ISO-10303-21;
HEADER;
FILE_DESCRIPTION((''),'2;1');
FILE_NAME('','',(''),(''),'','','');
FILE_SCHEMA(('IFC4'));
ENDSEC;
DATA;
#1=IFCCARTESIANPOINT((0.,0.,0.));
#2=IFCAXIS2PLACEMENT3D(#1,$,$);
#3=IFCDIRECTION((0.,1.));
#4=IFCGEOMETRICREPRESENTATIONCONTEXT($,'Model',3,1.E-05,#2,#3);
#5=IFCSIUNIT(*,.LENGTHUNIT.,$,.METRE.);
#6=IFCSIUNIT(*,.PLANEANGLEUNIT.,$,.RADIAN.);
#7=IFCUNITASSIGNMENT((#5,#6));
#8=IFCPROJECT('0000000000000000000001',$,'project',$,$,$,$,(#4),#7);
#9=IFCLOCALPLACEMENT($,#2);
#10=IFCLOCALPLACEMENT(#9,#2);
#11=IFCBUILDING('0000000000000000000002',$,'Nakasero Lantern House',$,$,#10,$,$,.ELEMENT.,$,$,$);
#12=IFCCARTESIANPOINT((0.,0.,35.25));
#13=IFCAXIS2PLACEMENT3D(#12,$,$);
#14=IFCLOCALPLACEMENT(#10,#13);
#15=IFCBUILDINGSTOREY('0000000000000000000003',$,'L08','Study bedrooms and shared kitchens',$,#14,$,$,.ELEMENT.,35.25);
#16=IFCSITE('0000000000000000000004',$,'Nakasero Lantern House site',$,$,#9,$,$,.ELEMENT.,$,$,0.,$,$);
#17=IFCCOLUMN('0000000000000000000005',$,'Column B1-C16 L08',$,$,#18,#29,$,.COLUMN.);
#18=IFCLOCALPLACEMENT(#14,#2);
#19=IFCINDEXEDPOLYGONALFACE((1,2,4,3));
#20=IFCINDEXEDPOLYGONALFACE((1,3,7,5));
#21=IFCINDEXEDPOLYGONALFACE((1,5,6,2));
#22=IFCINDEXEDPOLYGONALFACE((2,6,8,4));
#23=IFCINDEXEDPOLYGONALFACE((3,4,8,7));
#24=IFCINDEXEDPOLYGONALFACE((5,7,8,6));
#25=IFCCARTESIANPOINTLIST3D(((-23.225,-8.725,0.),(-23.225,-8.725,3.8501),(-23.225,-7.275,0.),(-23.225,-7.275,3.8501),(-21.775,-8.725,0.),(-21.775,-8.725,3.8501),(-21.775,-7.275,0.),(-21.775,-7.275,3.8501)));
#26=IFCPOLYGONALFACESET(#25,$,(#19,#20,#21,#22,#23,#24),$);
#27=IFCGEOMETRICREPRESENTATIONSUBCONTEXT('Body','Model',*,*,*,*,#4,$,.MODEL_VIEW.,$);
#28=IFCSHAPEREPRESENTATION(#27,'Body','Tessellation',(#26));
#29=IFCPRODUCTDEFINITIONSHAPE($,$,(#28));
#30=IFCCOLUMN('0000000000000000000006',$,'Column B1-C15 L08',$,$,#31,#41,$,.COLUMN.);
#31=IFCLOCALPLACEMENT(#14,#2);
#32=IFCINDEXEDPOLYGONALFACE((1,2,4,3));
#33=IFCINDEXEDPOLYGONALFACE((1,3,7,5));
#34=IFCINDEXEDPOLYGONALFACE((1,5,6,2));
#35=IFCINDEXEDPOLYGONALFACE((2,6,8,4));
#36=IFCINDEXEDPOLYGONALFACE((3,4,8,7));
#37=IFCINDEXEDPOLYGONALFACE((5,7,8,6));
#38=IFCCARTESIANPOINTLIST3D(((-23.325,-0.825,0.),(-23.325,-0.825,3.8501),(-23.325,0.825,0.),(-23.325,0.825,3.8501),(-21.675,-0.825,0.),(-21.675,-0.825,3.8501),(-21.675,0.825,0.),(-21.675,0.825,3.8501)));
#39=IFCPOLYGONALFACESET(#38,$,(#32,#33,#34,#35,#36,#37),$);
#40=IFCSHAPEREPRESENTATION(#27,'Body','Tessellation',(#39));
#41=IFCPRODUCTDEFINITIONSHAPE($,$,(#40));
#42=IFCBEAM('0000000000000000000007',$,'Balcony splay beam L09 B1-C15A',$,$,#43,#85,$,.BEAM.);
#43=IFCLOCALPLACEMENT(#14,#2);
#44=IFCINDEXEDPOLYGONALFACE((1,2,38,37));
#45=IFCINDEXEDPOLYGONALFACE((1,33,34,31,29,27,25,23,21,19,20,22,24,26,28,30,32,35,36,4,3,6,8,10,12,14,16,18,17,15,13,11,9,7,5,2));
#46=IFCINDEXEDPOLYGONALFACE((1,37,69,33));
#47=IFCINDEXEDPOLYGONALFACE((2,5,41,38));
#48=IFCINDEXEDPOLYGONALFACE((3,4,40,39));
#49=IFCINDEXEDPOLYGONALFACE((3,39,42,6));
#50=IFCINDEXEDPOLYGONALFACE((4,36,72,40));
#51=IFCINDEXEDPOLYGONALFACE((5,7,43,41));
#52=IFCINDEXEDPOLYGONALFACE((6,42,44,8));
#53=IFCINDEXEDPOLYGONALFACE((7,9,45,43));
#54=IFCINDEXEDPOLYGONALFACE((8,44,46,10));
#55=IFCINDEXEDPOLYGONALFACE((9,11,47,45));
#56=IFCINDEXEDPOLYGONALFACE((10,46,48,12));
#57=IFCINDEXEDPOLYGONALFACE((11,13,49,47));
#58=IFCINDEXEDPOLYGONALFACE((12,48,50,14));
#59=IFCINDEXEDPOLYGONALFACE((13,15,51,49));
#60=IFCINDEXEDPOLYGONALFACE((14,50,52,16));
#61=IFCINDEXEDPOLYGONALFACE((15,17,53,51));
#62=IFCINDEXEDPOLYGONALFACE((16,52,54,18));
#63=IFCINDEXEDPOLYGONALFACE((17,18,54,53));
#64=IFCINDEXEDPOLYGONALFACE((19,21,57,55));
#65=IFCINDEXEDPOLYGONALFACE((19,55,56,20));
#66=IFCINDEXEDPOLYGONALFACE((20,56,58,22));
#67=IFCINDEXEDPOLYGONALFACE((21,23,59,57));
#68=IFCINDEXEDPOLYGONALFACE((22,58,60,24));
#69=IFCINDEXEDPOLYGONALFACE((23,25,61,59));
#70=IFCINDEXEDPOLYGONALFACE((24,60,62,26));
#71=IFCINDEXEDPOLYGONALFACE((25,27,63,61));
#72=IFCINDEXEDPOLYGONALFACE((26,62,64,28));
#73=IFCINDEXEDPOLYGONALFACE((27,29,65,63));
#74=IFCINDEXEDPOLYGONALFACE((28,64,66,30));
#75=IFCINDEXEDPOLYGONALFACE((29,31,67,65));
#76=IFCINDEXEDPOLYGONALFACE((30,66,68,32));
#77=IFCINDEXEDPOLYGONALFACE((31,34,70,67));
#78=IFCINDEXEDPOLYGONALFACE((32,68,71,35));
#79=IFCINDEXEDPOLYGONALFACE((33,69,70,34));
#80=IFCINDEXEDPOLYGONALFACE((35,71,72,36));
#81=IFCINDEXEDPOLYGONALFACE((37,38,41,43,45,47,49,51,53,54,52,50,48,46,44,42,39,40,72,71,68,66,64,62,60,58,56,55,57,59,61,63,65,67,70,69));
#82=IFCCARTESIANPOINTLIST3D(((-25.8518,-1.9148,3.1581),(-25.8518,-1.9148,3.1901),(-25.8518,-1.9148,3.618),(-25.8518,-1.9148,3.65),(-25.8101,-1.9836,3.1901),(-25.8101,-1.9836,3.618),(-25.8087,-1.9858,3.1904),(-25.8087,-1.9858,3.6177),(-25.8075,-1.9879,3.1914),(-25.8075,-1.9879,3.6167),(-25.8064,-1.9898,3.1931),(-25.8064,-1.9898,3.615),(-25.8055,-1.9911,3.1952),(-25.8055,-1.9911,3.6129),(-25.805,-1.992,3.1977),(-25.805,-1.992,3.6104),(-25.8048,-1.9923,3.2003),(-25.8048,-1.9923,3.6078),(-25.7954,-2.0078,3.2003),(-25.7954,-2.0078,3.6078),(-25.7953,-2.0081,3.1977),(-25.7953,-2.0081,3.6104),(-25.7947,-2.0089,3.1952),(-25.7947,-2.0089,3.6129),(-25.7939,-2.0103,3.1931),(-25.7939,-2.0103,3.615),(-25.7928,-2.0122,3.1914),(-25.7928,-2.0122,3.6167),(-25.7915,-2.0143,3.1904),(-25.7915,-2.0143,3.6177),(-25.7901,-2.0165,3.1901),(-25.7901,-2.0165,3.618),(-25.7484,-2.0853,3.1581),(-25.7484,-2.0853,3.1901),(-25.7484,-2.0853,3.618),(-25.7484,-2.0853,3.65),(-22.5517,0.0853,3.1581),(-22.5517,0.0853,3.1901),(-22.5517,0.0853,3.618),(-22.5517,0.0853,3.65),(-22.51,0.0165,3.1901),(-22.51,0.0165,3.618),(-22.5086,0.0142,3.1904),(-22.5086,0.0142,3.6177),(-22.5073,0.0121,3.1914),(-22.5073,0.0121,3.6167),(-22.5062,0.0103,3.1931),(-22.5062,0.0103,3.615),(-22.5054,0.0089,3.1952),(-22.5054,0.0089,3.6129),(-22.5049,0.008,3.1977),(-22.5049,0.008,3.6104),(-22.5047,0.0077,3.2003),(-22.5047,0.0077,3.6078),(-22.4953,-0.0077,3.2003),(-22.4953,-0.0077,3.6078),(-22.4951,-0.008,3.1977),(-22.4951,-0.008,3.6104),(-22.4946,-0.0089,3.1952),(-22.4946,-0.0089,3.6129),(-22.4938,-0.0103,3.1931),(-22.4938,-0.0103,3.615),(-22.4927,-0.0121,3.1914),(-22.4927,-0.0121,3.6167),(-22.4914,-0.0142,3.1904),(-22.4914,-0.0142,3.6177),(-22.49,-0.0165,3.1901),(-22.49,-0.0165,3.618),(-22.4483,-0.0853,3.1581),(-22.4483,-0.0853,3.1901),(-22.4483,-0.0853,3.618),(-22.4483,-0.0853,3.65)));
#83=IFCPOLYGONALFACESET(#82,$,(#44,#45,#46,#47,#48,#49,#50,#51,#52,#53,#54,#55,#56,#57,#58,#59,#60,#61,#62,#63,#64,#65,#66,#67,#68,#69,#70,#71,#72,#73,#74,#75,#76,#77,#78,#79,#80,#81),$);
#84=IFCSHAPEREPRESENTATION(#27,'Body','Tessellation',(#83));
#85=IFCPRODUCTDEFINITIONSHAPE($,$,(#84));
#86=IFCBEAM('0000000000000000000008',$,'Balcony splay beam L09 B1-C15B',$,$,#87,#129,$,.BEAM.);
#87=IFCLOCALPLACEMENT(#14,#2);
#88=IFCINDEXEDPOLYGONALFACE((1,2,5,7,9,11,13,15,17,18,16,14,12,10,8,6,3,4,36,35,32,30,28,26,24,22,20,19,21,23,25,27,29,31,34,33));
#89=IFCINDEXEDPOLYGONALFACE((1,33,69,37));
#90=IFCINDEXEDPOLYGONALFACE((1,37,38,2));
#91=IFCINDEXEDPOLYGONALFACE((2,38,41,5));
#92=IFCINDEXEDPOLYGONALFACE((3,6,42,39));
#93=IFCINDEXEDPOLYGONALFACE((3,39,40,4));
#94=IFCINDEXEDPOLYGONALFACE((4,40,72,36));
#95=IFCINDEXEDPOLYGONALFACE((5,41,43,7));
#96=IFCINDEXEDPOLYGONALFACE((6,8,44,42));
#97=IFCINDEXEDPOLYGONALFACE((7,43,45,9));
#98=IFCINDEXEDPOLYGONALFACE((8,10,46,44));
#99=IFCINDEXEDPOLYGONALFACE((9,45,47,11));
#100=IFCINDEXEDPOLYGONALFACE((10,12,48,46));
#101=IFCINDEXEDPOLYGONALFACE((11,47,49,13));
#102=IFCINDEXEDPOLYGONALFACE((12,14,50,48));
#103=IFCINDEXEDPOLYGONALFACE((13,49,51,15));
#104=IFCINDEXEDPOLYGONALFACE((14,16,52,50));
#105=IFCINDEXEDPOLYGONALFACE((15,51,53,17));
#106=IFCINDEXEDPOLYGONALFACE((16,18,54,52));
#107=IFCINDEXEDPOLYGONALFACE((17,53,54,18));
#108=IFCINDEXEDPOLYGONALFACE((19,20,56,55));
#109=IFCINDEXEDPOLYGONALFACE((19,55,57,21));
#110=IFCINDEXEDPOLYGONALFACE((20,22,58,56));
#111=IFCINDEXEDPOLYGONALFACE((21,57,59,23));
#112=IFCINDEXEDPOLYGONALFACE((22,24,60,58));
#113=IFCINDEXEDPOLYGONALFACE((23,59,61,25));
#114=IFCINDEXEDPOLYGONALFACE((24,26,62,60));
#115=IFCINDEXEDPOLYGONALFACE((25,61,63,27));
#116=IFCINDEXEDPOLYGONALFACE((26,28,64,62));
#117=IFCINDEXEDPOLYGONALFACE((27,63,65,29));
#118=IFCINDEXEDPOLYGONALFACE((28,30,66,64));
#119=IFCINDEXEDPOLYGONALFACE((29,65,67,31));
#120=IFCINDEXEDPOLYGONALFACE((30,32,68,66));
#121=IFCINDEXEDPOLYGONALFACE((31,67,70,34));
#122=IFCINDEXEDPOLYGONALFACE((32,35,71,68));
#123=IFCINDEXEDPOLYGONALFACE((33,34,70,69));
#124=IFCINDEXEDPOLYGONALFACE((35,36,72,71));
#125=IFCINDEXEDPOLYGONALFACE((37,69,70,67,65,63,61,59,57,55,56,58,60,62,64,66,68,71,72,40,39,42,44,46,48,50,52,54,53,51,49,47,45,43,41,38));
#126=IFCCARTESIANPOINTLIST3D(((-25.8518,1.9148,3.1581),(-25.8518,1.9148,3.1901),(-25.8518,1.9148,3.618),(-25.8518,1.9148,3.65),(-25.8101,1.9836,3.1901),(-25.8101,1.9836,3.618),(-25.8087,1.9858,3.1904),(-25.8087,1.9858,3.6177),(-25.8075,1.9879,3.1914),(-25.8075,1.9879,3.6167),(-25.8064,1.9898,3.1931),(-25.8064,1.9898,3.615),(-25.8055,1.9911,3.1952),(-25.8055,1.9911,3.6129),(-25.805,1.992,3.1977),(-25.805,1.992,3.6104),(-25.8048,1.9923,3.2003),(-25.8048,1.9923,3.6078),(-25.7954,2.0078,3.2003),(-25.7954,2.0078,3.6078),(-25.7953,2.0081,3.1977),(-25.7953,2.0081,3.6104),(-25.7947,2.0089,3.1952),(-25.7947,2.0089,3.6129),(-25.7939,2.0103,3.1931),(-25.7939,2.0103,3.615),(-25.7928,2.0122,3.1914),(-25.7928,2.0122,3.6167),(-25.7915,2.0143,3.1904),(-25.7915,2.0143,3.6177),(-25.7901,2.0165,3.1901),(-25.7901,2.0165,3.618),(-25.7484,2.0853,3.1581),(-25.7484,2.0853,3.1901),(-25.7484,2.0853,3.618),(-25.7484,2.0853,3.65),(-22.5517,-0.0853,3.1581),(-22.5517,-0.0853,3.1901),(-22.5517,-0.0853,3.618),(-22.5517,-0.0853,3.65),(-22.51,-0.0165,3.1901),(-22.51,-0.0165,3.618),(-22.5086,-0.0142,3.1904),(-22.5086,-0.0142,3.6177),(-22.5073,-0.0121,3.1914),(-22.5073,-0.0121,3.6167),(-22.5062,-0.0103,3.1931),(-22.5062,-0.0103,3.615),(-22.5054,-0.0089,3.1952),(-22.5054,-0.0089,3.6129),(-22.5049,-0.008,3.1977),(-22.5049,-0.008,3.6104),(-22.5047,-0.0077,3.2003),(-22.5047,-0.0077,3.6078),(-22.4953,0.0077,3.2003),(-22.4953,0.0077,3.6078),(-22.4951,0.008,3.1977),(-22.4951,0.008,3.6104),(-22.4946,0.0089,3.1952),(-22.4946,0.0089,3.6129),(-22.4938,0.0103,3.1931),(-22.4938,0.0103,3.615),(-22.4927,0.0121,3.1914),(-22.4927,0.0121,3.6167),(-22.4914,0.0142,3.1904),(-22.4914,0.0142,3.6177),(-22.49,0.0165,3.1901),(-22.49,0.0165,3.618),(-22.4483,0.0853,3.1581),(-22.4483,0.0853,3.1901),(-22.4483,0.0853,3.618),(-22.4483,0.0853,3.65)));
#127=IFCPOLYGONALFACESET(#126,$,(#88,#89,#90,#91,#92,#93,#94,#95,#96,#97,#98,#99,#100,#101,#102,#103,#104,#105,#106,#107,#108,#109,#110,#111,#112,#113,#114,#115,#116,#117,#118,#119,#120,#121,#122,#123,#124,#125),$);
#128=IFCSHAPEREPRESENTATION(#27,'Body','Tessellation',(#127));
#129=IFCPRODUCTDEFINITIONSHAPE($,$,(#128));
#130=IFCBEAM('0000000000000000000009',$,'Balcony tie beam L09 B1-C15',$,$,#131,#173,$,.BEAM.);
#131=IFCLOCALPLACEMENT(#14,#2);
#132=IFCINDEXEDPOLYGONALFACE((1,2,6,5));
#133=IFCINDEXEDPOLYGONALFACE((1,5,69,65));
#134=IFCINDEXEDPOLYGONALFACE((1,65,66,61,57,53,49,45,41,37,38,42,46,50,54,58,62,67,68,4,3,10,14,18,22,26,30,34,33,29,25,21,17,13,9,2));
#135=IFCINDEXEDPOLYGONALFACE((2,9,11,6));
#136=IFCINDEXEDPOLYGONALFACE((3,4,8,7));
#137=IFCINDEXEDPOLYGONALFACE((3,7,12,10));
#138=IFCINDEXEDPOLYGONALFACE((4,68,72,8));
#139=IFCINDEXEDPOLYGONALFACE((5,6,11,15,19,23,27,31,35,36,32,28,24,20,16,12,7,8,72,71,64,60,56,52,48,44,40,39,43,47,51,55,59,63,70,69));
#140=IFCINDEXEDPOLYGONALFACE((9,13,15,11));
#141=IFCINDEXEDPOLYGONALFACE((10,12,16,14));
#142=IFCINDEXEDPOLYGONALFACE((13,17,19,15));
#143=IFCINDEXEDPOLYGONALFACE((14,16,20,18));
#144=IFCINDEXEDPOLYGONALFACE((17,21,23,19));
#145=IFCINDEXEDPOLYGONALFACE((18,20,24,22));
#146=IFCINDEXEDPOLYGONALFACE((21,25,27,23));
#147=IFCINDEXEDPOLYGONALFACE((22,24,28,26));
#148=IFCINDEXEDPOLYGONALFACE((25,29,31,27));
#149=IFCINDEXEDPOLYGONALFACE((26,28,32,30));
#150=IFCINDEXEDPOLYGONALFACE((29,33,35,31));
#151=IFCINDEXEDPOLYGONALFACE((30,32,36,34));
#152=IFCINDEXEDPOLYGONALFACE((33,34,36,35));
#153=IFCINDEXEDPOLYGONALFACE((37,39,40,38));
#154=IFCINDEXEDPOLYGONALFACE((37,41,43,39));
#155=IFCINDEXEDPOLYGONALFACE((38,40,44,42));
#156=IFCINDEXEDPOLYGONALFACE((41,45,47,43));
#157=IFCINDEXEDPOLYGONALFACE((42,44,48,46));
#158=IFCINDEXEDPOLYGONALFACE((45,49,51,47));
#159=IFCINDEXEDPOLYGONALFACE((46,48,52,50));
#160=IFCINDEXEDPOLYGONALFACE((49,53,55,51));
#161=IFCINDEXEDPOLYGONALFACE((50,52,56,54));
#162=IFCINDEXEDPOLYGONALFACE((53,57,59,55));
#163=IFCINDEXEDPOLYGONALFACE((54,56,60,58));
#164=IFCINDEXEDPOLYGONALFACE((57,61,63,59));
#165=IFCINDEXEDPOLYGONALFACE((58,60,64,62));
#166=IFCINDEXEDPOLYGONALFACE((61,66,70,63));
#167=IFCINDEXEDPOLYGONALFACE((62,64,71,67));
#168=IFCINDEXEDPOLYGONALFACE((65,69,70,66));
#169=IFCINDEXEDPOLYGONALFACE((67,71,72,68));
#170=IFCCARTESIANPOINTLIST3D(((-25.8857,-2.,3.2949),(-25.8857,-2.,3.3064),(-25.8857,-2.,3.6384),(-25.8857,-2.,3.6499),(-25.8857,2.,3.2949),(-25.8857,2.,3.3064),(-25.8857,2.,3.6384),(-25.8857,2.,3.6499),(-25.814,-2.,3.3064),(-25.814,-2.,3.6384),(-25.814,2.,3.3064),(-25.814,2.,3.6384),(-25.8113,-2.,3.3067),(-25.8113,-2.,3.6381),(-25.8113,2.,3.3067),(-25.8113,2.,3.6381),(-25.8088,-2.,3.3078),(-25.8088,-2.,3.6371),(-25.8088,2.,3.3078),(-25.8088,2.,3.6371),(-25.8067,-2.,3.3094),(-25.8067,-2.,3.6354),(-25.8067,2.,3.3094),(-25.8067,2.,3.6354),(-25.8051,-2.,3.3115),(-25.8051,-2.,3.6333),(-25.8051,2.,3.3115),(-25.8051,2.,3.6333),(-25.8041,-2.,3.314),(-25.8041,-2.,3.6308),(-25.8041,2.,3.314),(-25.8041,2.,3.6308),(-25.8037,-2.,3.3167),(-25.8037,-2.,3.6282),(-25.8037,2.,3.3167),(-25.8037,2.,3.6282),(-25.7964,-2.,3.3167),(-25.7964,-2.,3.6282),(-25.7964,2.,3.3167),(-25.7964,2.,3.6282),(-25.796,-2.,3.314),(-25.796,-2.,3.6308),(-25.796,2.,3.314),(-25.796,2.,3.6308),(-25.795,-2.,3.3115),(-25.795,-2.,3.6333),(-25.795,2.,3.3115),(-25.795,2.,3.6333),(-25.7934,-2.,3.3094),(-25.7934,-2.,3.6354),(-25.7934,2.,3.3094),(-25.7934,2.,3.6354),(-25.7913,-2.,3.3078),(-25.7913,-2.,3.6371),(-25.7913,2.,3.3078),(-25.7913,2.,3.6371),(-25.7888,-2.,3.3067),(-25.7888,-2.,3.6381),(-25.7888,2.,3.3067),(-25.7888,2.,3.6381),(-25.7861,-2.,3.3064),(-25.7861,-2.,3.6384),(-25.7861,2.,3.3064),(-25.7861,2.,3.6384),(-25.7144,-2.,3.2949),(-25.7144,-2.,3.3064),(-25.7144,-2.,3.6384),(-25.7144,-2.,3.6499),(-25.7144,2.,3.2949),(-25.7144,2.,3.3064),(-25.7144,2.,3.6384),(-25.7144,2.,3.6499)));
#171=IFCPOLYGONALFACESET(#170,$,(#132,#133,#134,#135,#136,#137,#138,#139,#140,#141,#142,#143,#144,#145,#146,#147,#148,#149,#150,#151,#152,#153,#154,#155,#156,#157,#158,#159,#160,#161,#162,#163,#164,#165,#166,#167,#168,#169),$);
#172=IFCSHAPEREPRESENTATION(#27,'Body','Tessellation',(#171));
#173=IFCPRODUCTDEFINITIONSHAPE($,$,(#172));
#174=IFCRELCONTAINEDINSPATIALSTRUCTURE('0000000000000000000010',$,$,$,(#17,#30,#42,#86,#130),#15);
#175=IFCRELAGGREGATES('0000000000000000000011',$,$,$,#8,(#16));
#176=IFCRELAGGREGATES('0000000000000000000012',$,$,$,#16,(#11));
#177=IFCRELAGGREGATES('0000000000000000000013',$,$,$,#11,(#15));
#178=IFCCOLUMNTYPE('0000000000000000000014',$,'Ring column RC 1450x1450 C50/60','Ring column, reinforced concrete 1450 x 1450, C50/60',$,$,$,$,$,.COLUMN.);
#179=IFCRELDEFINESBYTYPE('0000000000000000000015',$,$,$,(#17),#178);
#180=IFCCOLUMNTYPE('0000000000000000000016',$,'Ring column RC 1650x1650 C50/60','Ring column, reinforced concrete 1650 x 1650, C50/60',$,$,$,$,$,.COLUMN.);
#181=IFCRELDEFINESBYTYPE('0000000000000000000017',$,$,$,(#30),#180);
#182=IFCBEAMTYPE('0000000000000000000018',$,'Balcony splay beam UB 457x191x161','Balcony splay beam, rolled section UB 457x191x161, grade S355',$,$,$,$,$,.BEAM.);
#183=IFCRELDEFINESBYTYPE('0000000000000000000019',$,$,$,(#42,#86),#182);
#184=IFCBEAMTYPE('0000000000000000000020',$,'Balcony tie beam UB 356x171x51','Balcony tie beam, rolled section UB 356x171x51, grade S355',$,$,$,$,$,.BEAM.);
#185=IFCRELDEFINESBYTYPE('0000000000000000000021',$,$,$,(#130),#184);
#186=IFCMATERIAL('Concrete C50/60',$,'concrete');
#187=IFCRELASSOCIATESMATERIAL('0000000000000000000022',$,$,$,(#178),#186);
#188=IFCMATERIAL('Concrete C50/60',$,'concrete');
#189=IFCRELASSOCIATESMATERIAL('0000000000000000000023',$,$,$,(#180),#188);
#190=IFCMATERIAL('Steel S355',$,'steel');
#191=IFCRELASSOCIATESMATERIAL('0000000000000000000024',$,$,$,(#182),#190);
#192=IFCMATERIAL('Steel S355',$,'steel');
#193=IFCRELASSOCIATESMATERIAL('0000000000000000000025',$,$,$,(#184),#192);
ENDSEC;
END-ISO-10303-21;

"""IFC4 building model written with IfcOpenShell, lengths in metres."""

from ifc_helpers import new_model, si_unit, direction, frame, origin, origin_2d, place, context, subcontext, project, spatial, rectangle, i_section, extrude, material, material_profile, profile_set, type_object, element, save


model = new_model("IFC4")

# Units and contexts
model_context = context("Model", 3, precision=1e-05, world=origin(), true_north=direction((0.0, 1.0)))
body_context = subcontext(model_context, "Body", "Model", "MODEL_VIEW")
ifc_project = project(units=[si_unit("LENGTHUNIT", "METRE"), si_unit("PLANEANGLEUNIT", "RADIAN")], contexts=[model_context])

# Site, building, storey
site_placement = place(None, origin())
site = spatial("IfcSite", under=ifc_project, at=site_placement, Name="Nakasero Lantern House site", CompositionType="ELEMENT", RefElevation=0.0)
building_placement = place(site_placement, origin())
building = spatial("IfcBuilding", under=site, at=building_placement, Name="Nakasero Lantern House", CompositionType="ELEMENT")
storey_placement = place(building_placement, frame((0.0, 0.0, 35.25)))
storey = spatial("IfcBuildingStorey", under=building, at=storey_placement, Name="L08", Description="Study bedrooms and shared kitchens", CompositionType="ELEMENT", Elevation=35.25)

# Columns
ifc_material_1 = material(Name="Concrete C50/60", Category="concrete")
ifc_material_profile_1 = material_profile(ifc_material_1, rectangle(XDim=1.45, YDim=1.45, at=origin_2d()), Name="RC 1450x1450")
ifc_profile_set_1 = profile_set([ifc_material_profile_1], Name="Concrete C50/60")
column_type_1 = type_object("IfcColumnType", Name="Ring column RC 1450x1450 C50/60", Description="Ring column, reinforced concrete 1450 x 1450, C50/60", PredefinedType="COLUMN", material=ifc_profile_set_1)
column_1_placement = place(storey_placement, frame((-22.5, -8.0, 0.0), z_axis=(0.0, 0.0, 1.0), x_axis=(1.0, 0.0, 0.0)))
element("IfcColumn", 1, at=column_1_placement, inside=storey, type_object=column_type_1, Name="Column B1-C16 L08", PredefinedType="COLUMN", context=body_context, shape_type="SweptSolid", body=[
    extrude(rectangle(XDim=1.45, YDim=1.45, at=origin_2d()), origin(), (0.0, 0.0, 1.0), 3.8501),
])
ifc_material_2 = material(Name="Concrete C50/60", Category="concrete")
ifc_material_profile_2 = material_profile(ifc_material_2, rectangle(XDim=1.6499, YDim=1.6499, at=origin_2d()), Name="RC 1650x1650")
ifc_profile_set_2 = profile_set([ifc_material_profile_2], Name="Concrete C50/60")
column_type_2 = type_object("IfcColumnType", Name="Ring column RC 1650x1650 C50/60", Description="Ring column, reinforced concrete 1650 x 1650, C50/60", PredefinedType="COLUMN", material=ifc_profile_set_2)
column_2_placement = place(storey_placement, frame((-22.5, 0.0, 0.0), z_axis=(0.0, 0.0, 1.0), x_axis=(1.0, 0.0, 0.0)))
element("IfcColumn", 2, at=column_2_placement, inside=storey, type_object=column_type_2, Name="Column B1-C15 L08", PredefinedType="COLUMN", context=body_context, shape_type="SweptSolid", body=[
    extrude(rectangle(XDim=1.6499, YDim=1.6499, at=origin_2d()), origin(), (0.0, 0.0, 1.0), 3.8501),
])

# Beams
ifc_material_3 = material(Name="Steel S355", Category="steel")
ifc_material_profile_3 = material_profile(ifc_material_3, i_section(OverallWidth=0.1995, OverallDepth=0.4919, WebThickness=0.0181, FlangeThickness=0.032, FilletRadius=0.0103, at=origin_2d()), Name="UB 457x191x161")
ifc_profile_set_3 = profile_set([ifc_material_profile_3], Name="Steel S355")
beam_type_1 = type_object("IfcBeamType", Name="Balcony splay beam UB 457x191x161", Description="Balcony splay beam, rolled section UB 457x191x161, grade S355", PredefinedType="BEAM", material=ifc_profile_set_3)
for number, where, z_axis, x_axis, name in (
    (3, (-22.5, 0.0, 3.4041), (-0.855201, -0.518296, 0.0), (0.518296, -0.855201, 0.0), "Balcony splay beam L09 B1-C15A"),
    (4, (-22.5, 0.0, 3.4041), (-0.855201, 0.518296, 0.0), (-0.518296, -0.855201, 0.0), "Balcony splay beam L09 B1-C15B"),
):
    element("IfcBeam", number, at=place(storey_placement, frame(where, z_axis=z_axis, x_axis=x_axis)), inside=storey, type_object=beam_type_1, Name=name, PredefinedType="BEAM", context=body_context, shape_type="SweptSolid", body=[
        extrude(i_section(OverallWidth=0.1995, OverallDepth=0.4919, WebThickness=0.0181, FlangeThickness=0.032, FilletRadius=0.0103, at=origin_2d()), origin(), (0.0, 0.0, 1.0), 3.8589),
    ])
ifc_material_4 = material(Name="Steel S355", Category="steel")
ifc_material_profile_4 = material_profile(ifc_material_4, i_section(OverallWidth=0.1714, OverallDepth=0.355, WebThickness=0.0073, FlangeThickness=0.0115, FilletRadius=0.0103, at=origin_2d()), Name="UB 356x171x51")
ifc_profile_set_4 = profile_set([ifc_material_profile_4], Name="Steel S355")
beam_type_2 = type_object("IfcBeamType", Name="Balcony tie beam UB 356x171x51", Description="Balcony tie beam, rolled section UB 356x171x51, grade S355", PredefinedType="BEAM", material=ifc_profile_set_4)
beam_1_placement = place(storey_placement, frame((-25.8, -2.0, 3.4724), z_axis=(0.0, 1.0, 0.0), x_axis=(-1.0, 0.0, 0.0)))
element("IfcBeam", 5, at=beam_1_placement, inside=storey, type_object=beam_type_2, Name="Balcony tie beam L09 B1-C15", PredefinedType="BEAM", context=body_context, shape_type="SweptSolid", body=[
    extrude(i_section(OverallWidth=0.1714, OverallDepth=0.355, WebThickness=0.0073, FlangeThickness=0.0115, FilletRadius=0.0103, at=origin_2d()), origin(), (0.0, 0.0, 1.0), 4.0),
])

save(model, "model.ifc")
